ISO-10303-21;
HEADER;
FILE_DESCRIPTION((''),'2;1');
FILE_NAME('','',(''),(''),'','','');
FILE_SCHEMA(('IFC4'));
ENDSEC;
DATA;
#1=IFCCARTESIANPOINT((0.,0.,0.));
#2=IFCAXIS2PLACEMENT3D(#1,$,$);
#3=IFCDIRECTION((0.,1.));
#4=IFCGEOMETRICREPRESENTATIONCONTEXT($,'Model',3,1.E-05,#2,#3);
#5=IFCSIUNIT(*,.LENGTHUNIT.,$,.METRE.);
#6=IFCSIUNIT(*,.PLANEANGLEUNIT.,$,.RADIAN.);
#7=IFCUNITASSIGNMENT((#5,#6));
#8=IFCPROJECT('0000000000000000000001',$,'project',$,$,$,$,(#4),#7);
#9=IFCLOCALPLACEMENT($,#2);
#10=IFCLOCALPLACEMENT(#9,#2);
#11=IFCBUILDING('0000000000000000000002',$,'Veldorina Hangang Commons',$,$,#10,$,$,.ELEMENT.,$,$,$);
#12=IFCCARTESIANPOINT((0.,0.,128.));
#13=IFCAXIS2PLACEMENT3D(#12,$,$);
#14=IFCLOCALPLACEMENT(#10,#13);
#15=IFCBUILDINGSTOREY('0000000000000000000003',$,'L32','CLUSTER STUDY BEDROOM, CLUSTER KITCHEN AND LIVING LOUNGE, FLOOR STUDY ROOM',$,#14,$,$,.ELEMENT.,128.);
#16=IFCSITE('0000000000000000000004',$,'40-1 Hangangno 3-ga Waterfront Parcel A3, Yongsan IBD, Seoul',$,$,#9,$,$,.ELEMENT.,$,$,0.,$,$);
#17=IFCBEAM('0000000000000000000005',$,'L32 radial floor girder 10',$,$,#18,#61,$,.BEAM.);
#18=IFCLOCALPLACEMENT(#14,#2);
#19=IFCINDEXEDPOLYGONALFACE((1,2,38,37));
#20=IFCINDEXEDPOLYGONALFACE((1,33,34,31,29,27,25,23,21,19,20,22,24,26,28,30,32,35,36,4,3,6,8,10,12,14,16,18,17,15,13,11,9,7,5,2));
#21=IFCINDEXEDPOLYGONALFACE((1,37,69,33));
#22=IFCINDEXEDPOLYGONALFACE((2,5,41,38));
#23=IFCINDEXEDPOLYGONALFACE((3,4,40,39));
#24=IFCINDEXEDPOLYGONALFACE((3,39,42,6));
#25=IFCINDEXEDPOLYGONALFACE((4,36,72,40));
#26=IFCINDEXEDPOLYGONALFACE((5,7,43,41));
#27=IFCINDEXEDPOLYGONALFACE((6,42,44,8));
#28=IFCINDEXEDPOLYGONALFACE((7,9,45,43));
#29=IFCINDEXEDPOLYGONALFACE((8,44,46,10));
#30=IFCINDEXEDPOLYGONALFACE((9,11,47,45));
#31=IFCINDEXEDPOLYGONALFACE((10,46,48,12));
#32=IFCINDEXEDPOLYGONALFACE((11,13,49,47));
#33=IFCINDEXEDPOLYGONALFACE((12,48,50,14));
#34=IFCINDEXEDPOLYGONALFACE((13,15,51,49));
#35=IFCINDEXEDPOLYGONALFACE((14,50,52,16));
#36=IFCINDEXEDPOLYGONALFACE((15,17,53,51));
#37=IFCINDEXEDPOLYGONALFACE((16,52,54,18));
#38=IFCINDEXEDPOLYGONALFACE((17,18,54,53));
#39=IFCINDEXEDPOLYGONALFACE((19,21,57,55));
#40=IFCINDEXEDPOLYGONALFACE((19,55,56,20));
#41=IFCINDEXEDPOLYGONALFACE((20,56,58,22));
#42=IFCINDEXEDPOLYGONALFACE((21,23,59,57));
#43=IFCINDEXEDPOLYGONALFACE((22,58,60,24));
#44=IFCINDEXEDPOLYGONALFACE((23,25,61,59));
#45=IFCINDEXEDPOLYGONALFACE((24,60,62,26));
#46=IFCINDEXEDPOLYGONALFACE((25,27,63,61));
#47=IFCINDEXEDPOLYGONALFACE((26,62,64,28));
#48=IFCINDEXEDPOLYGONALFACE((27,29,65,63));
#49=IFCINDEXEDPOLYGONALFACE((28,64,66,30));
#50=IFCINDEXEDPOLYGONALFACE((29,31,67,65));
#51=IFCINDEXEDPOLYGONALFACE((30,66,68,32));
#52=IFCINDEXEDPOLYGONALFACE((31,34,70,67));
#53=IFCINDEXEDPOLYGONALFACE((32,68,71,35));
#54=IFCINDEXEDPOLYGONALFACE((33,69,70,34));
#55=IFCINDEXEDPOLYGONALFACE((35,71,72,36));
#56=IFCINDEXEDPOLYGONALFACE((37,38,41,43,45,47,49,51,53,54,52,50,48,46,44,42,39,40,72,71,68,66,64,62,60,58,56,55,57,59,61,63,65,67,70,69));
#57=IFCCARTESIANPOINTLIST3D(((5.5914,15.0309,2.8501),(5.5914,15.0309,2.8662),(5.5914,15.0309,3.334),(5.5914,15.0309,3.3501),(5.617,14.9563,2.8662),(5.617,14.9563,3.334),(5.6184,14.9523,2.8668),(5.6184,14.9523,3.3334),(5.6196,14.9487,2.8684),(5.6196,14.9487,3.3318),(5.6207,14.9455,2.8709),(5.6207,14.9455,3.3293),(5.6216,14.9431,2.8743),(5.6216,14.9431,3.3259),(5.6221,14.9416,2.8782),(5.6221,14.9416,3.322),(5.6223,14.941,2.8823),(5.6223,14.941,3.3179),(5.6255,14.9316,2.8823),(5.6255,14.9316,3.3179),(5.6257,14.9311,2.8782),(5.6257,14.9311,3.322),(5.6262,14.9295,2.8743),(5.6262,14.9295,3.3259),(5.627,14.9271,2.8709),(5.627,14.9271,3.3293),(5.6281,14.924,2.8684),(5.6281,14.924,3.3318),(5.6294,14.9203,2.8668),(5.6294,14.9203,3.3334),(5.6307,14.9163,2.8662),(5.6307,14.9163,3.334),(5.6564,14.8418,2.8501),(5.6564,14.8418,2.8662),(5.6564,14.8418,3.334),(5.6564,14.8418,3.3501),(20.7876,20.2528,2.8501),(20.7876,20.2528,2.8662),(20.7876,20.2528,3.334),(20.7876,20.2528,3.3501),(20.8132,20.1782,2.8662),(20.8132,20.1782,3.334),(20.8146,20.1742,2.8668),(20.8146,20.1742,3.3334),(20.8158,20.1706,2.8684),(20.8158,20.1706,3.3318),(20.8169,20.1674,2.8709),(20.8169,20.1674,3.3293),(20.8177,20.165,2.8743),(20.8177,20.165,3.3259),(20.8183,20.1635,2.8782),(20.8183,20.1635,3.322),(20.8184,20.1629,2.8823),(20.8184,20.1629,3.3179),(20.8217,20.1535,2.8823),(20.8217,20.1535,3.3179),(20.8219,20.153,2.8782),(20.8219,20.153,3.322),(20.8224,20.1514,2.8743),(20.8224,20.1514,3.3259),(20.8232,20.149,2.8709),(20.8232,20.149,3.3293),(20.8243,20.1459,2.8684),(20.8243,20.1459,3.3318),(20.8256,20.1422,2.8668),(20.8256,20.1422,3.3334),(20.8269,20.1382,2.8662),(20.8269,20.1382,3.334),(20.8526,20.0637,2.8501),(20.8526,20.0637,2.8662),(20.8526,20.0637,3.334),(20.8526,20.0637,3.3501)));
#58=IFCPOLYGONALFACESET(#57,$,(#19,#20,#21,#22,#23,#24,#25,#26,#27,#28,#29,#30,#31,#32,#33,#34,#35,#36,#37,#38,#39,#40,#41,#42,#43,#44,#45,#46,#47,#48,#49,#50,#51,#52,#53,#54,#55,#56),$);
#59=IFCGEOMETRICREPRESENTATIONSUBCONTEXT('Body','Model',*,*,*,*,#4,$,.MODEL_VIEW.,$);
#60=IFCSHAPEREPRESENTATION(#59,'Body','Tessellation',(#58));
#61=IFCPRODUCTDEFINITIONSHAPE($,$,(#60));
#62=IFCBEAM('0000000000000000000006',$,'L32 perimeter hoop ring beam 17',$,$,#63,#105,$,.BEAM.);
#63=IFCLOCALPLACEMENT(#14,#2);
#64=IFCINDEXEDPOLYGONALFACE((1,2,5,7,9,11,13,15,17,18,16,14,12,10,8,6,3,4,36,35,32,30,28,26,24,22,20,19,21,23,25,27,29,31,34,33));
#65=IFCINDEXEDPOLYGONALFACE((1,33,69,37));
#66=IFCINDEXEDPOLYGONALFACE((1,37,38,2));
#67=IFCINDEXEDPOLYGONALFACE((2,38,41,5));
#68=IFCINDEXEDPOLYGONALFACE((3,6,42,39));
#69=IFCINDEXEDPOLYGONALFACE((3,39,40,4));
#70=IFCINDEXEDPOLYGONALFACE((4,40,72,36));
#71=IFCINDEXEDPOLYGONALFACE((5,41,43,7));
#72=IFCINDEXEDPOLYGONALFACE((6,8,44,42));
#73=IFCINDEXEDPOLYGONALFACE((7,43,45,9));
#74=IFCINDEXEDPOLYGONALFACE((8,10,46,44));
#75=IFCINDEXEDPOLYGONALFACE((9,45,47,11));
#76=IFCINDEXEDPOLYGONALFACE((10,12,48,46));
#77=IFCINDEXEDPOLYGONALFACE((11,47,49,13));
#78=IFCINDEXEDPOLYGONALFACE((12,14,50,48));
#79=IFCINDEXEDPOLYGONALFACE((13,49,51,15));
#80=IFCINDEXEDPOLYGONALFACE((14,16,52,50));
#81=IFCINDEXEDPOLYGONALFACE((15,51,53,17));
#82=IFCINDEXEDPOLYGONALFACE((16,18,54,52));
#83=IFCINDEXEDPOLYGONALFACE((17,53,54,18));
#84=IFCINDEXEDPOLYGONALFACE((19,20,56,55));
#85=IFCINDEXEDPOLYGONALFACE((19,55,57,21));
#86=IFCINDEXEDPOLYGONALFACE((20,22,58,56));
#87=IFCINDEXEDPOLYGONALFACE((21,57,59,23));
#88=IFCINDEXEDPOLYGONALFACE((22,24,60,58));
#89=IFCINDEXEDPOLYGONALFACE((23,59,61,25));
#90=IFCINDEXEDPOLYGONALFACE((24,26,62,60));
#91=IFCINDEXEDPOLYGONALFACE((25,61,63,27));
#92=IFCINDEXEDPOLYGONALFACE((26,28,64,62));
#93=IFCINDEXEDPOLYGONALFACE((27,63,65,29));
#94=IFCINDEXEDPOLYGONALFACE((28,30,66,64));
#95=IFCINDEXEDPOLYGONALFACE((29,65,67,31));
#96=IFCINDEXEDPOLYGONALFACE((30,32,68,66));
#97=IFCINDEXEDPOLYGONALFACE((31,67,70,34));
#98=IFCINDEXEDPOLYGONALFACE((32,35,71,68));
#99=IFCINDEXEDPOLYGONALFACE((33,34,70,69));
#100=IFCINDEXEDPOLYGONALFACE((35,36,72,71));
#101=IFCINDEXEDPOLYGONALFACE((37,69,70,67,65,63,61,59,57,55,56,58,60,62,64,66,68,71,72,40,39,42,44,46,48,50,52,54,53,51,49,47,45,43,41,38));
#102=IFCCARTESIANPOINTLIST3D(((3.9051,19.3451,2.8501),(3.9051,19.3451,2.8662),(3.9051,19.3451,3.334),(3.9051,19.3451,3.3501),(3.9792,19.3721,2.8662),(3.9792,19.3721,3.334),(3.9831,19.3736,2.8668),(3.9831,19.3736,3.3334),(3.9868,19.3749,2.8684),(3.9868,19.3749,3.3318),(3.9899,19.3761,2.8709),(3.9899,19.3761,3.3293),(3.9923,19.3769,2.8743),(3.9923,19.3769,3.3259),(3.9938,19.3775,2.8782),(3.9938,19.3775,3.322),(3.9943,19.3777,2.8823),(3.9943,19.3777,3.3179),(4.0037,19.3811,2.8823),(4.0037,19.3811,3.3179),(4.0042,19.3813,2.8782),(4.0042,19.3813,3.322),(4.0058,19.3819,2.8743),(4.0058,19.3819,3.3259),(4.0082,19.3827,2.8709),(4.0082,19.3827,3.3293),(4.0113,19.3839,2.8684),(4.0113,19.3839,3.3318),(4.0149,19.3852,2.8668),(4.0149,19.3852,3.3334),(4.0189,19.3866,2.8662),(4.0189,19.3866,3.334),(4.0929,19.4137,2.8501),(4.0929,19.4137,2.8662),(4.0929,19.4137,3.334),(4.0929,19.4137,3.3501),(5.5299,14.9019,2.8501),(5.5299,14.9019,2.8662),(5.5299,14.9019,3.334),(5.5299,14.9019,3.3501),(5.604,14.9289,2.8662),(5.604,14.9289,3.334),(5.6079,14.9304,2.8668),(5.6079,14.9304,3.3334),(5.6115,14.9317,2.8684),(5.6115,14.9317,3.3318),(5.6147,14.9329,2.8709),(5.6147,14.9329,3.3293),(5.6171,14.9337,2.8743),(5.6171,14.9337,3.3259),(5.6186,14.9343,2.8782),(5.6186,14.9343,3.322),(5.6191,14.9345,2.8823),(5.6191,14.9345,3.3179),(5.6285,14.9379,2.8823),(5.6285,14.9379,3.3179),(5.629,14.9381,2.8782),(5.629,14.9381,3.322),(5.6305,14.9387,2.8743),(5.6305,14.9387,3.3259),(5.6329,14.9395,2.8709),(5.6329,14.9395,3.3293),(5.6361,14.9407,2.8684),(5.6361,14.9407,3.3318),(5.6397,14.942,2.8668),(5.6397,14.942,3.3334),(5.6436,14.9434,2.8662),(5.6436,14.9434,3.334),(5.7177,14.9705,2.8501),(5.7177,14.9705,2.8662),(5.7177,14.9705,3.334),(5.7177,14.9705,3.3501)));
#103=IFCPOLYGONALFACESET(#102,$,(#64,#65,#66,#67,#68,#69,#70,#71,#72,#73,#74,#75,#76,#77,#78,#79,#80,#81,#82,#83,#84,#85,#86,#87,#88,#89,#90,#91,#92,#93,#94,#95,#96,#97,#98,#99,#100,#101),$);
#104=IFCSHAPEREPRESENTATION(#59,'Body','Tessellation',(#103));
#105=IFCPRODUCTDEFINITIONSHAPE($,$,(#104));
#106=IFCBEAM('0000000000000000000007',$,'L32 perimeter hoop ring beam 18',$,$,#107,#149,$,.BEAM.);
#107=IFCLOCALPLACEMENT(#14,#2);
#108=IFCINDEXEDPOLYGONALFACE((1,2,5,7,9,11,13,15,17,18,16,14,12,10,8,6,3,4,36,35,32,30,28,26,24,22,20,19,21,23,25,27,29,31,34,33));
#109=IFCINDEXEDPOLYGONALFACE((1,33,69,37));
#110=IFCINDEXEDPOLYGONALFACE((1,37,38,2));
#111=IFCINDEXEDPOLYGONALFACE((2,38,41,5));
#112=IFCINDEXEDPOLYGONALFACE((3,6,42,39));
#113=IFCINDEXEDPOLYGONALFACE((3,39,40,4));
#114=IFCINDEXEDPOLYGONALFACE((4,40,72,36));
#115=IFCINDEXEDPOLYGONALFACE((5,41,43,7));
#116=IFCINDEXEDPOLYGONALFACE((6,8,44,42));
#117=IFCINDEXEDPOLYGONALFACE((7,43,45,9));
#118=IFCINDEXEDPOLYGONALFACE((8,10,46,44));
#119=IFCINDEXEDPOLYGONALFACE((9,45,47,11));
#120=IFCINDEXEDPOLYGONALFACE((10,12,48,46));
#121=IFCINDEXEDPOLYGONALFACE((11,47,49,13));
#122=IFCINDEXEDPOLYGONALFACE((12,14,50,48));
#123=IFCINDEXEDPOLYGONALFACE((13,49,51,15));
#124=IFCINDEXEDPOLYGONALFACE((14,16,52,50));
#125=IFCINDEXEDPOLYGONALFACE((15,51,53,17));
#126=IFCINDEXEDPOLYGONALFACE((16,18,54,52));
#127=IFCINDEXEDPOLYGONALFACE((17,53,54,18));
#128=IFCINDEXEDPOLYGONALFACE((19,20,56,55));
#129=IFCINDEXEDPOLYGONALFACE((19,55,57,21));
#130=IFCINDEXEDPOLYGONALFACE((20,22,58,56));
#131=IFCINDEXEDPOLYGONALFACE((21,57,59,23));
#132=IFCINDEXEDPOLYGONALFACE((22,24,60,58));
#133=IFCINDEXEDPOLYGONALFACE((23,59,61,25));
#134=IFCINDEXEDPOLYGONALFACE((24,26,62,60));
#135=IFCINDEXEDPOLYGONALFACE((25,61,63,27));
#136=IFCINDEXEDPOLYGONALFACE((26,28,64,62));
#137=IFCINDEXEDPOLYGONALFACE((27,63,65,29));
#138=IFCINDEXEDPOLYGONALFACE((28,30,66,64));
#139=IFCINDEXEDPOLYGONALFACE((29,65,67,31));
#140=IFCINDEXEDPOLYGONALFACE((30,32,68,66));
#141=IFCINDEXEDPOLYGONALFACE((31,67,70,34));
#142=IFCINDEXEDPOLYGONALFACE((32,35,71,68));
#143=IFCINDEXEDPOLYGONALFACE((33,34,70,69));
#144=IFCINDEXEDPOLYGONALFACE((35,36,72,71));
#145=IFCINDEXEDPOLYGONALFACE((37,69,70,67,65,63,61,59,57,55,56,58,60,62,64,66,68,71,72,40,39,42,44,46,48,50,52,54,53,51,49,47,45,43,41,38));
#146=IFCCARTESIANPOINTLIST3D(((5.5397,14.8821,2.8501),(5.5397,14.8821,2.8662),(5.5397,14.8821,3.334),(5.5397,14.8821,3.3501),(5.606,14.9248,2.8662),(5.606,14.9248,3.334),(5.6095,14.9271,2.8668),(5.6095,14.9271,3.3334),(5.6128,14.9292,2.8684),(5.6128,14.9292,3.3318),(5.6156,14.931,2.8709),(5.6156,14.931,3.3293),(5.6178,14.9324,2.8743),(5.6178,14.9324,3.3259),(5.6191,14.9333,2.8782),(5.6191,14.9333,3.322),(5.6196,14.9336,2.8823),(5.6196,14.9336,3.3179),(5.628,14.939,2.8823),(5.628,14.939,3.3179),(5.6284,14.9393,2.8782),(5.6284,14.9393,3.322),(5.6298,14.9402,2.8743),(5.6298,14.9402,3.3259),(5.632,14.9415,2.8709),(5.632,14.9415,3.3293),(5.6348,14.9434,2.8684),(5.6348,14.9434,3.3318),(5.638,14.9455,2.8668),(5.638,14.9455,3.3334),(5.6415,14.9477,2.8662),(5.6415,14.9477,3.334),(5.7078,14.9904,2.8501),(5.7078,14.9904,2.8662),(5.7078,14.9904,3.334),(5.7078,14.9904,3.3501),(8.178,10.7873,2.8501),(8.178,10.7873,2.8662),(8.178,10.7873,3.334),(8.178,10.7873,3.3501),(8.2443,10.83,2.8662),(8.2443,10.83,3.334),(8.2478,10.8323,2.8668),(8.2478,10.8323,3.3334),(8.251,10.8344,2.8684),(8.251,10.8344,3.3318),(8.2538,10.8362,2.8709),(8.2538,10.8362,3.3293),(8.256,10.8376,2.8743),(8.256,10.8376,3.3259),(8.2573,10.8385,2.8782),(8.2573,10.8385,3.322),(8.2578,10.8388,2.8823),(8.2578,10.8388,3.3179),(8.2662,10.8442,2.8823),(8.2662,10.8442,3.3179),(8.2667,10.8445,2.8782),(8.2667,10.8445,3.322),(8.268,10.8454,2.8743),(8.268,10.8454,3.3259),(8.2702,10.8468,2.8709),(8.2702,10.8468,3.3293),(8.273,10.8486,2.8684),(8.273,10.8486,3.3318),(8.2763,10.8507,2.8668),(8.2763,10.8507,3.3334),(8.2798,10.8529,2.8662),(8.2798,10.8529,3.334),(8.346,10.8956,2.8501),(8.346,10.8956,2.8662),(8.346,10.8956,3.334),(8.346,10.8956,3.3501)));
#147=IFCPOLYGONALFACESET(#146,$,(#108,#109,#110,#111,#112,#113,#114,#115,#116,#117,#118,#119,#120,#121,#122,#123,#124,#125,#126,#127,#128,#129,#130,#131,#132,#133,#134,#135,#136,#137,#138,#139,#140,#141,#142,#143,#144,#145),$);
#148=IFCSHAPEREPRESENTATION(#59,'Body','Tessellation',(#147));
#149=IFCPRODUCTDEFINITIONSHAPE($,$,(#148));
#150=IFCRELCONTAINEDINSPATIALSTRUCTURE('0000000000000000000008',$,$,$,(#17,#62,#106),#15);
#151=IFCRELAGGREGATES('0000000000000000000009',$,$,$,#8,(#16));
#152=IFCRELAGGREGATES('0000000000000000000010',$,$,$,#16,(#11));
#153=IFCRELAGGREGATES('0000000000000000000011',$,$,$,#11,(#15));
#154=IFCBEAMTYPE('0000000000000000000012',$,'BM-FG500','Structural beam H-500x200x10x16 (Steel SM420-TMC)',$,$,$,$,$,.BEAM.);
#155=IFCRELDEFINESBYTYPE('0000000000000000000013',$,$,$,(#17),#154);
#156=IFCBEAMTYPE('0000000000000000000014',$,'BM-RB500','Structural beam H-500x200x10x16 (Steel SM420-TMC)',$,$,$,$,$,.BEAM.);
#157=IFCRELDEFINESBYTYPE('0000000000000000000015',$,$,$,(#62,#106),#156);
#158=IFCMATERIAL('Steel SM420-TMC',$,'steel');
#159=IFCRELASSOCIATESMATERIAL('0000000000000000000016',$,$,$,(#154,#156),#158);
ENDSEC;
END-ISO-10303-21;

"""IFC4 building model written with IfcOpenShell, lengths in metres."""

from ifc_helpers import new_model, si_unit, direction, frame, origin, origin_2d, place, context, subcontext, project, spatial, i_section, extrude, material, material_profile, profile_set, type_object, element, save


model = new_model("IFC4")

# Units and contexts
model_context = context("Model", 3, precision=1e-05, world=origin(), true_north=direction((0.0, 1.0)))
body_context = subcontext(model_context, "Body", "Model", "MODEL_VIEW")
ifc_project = project(units=[si_unit("LENGTHUNIT", "METRE"), si_unit("PLANEANGLEUNIT", "RADIAN")], contexts=[model_context])

# Site, building, storey
site_placement = place(None, origin())
site = spatial("IfcSite", under=ifc_project, at=site_placement, Name="40-1 Hangangno 3-ga Waterfront Parcel A3, Yongsan IBD, Seoul", CompositionType="ELEMENT", RefElevation=0.0)
building_placement = place(site_placement, origin())
building = spatial("IfcBuilding", under=site, at=building_placement, Name="Veldorina Hangang Commons", CompositionType="ELEMENT")
storey_placement = place(building_placement, frame((0.0, 0.0, 128.0)))
storey = spatial("IfcBuildingStorey", under=building, at=storey_placement, Name="L32", Description="CLUSTER STUDY BEDROOM, CLUSTER KITCHEN AND LIVING LOUNGE, FLOOR STUDY ROOM", CompositionType="ELEMENT", Elevation=128.0)

# Beams
ifc_material_1 = material(Name="Steel SM420-TMC", Category="steel")
ifc_material_profile_1 = material_profile(ifc_material_1, i_section(OverallWidth=0.2, OverallDepth=0.5, WebThickness=0.01, FlangeThickness=0.0161, FilletRadius=0.0161, at=origin_2d()), Name="H-500x200x10x16")
ifc_profile_set_1 = profile_set([ifc_material_profile_1], Name="Steel SM420-TMC")
beam_type_1 = type_object("IfcBeamType", Name="BM-FG500", Description="Structural beam H-500x200x10x16 (Steel SM420-TMC)", PredefinedType="BEAM", material=ifc_profile_set_1)
beam_1_placement = place(storey_placement, frame((20.8201, 20.1582, 3.1001), z_axis=(-0.945721, -0.32498, 0.0), x_axis=(0.32498, -0.945721, 0.0)))
element("IfcBeam", 1, at=beam_1_placement, inside=storey, type_object=beam_type_1, Name="L32 radial floor girder 10", PredefinedType="BEAM", context=body_context, shape_type="SweptSolid", body=[
    extrude(i_section(OverallWidth=0.2, OverallDepth=0.5, WebThickness=0.01, FlangeThickness=0.0161, FilletRadius=0.0161, at=origin_2d()), origin(), (0.0, 0.0, 1.0), 16.0684),
])
ifc_material_profile_2 = material_profile(ifc_material_1, i_section(OverallWidth=0.2, OverallDepth=0.5, WebThickness=0.01, FlangeThickness=0.0161, FilletRadius=0.0161, at=origin_2d()), Name="H-500x200x10x16")
ifc_profile_set_2 = profile_set([ifc_material_profile_2], Name="Steel SM420-TMC")
beam_type_2 = type_object("IfcBeamType", Name="BM-RB500", Description="Structural beam H-500x200x10x16 (Steel SM420-TMC)", PredefinedType="BEAM", material=ifc_profile_set_2)
beam_2_placement = place(storey_placement, frame((3.999, 19.3794, 3.1001), z_axis=(0.343437, -0.939176, 0.0), x_axis=(0.939176, 0.343437, 0.0)))
element("IfcBeam", 2, at=beam_2_placement, inside=storey, type_object=beam_type_2, Name="L32 perimeter hoop ring beam 17", PredefinedType="BEAM", context=body_context, shape_type="SweptSolid", body=[
    extrude(i_section(OverallWidth=0.2, OverallDepth=0.5, WebThickness=0.01, FlangeThickness=0.0161, FilletRadius=0.0161, at=origin_2d()), origin(), (0.0, 0.0, 1.0), 4.731),
])
beam_3_placement = place(storey_placement, frame((5.6238, 14.9363, 3.1001), z_axis=(0.541608, -0.840631, 0.0), x_axis=(0.840631, 0.541608, 0.0)))
element("IfcBeam", 3, at=beam_3_placement, inside=storey, type_object=beam_type_2, Name="L32 perimeter hoop ring beam 18", PredefinedType="BEAM", context=body_context, shape_type="SweptSolid", body=[
    extrude(i_section(OverallWidth=0.2, OverallDepth=0.5, WebThickness=0.01, FlangeThickness=0.0161, FilletRadius=0.0161, at=origin_2d()), origin(), (0.0, 0.0, 1.0), 4.8711),
])

save(model, "model.ifc")
